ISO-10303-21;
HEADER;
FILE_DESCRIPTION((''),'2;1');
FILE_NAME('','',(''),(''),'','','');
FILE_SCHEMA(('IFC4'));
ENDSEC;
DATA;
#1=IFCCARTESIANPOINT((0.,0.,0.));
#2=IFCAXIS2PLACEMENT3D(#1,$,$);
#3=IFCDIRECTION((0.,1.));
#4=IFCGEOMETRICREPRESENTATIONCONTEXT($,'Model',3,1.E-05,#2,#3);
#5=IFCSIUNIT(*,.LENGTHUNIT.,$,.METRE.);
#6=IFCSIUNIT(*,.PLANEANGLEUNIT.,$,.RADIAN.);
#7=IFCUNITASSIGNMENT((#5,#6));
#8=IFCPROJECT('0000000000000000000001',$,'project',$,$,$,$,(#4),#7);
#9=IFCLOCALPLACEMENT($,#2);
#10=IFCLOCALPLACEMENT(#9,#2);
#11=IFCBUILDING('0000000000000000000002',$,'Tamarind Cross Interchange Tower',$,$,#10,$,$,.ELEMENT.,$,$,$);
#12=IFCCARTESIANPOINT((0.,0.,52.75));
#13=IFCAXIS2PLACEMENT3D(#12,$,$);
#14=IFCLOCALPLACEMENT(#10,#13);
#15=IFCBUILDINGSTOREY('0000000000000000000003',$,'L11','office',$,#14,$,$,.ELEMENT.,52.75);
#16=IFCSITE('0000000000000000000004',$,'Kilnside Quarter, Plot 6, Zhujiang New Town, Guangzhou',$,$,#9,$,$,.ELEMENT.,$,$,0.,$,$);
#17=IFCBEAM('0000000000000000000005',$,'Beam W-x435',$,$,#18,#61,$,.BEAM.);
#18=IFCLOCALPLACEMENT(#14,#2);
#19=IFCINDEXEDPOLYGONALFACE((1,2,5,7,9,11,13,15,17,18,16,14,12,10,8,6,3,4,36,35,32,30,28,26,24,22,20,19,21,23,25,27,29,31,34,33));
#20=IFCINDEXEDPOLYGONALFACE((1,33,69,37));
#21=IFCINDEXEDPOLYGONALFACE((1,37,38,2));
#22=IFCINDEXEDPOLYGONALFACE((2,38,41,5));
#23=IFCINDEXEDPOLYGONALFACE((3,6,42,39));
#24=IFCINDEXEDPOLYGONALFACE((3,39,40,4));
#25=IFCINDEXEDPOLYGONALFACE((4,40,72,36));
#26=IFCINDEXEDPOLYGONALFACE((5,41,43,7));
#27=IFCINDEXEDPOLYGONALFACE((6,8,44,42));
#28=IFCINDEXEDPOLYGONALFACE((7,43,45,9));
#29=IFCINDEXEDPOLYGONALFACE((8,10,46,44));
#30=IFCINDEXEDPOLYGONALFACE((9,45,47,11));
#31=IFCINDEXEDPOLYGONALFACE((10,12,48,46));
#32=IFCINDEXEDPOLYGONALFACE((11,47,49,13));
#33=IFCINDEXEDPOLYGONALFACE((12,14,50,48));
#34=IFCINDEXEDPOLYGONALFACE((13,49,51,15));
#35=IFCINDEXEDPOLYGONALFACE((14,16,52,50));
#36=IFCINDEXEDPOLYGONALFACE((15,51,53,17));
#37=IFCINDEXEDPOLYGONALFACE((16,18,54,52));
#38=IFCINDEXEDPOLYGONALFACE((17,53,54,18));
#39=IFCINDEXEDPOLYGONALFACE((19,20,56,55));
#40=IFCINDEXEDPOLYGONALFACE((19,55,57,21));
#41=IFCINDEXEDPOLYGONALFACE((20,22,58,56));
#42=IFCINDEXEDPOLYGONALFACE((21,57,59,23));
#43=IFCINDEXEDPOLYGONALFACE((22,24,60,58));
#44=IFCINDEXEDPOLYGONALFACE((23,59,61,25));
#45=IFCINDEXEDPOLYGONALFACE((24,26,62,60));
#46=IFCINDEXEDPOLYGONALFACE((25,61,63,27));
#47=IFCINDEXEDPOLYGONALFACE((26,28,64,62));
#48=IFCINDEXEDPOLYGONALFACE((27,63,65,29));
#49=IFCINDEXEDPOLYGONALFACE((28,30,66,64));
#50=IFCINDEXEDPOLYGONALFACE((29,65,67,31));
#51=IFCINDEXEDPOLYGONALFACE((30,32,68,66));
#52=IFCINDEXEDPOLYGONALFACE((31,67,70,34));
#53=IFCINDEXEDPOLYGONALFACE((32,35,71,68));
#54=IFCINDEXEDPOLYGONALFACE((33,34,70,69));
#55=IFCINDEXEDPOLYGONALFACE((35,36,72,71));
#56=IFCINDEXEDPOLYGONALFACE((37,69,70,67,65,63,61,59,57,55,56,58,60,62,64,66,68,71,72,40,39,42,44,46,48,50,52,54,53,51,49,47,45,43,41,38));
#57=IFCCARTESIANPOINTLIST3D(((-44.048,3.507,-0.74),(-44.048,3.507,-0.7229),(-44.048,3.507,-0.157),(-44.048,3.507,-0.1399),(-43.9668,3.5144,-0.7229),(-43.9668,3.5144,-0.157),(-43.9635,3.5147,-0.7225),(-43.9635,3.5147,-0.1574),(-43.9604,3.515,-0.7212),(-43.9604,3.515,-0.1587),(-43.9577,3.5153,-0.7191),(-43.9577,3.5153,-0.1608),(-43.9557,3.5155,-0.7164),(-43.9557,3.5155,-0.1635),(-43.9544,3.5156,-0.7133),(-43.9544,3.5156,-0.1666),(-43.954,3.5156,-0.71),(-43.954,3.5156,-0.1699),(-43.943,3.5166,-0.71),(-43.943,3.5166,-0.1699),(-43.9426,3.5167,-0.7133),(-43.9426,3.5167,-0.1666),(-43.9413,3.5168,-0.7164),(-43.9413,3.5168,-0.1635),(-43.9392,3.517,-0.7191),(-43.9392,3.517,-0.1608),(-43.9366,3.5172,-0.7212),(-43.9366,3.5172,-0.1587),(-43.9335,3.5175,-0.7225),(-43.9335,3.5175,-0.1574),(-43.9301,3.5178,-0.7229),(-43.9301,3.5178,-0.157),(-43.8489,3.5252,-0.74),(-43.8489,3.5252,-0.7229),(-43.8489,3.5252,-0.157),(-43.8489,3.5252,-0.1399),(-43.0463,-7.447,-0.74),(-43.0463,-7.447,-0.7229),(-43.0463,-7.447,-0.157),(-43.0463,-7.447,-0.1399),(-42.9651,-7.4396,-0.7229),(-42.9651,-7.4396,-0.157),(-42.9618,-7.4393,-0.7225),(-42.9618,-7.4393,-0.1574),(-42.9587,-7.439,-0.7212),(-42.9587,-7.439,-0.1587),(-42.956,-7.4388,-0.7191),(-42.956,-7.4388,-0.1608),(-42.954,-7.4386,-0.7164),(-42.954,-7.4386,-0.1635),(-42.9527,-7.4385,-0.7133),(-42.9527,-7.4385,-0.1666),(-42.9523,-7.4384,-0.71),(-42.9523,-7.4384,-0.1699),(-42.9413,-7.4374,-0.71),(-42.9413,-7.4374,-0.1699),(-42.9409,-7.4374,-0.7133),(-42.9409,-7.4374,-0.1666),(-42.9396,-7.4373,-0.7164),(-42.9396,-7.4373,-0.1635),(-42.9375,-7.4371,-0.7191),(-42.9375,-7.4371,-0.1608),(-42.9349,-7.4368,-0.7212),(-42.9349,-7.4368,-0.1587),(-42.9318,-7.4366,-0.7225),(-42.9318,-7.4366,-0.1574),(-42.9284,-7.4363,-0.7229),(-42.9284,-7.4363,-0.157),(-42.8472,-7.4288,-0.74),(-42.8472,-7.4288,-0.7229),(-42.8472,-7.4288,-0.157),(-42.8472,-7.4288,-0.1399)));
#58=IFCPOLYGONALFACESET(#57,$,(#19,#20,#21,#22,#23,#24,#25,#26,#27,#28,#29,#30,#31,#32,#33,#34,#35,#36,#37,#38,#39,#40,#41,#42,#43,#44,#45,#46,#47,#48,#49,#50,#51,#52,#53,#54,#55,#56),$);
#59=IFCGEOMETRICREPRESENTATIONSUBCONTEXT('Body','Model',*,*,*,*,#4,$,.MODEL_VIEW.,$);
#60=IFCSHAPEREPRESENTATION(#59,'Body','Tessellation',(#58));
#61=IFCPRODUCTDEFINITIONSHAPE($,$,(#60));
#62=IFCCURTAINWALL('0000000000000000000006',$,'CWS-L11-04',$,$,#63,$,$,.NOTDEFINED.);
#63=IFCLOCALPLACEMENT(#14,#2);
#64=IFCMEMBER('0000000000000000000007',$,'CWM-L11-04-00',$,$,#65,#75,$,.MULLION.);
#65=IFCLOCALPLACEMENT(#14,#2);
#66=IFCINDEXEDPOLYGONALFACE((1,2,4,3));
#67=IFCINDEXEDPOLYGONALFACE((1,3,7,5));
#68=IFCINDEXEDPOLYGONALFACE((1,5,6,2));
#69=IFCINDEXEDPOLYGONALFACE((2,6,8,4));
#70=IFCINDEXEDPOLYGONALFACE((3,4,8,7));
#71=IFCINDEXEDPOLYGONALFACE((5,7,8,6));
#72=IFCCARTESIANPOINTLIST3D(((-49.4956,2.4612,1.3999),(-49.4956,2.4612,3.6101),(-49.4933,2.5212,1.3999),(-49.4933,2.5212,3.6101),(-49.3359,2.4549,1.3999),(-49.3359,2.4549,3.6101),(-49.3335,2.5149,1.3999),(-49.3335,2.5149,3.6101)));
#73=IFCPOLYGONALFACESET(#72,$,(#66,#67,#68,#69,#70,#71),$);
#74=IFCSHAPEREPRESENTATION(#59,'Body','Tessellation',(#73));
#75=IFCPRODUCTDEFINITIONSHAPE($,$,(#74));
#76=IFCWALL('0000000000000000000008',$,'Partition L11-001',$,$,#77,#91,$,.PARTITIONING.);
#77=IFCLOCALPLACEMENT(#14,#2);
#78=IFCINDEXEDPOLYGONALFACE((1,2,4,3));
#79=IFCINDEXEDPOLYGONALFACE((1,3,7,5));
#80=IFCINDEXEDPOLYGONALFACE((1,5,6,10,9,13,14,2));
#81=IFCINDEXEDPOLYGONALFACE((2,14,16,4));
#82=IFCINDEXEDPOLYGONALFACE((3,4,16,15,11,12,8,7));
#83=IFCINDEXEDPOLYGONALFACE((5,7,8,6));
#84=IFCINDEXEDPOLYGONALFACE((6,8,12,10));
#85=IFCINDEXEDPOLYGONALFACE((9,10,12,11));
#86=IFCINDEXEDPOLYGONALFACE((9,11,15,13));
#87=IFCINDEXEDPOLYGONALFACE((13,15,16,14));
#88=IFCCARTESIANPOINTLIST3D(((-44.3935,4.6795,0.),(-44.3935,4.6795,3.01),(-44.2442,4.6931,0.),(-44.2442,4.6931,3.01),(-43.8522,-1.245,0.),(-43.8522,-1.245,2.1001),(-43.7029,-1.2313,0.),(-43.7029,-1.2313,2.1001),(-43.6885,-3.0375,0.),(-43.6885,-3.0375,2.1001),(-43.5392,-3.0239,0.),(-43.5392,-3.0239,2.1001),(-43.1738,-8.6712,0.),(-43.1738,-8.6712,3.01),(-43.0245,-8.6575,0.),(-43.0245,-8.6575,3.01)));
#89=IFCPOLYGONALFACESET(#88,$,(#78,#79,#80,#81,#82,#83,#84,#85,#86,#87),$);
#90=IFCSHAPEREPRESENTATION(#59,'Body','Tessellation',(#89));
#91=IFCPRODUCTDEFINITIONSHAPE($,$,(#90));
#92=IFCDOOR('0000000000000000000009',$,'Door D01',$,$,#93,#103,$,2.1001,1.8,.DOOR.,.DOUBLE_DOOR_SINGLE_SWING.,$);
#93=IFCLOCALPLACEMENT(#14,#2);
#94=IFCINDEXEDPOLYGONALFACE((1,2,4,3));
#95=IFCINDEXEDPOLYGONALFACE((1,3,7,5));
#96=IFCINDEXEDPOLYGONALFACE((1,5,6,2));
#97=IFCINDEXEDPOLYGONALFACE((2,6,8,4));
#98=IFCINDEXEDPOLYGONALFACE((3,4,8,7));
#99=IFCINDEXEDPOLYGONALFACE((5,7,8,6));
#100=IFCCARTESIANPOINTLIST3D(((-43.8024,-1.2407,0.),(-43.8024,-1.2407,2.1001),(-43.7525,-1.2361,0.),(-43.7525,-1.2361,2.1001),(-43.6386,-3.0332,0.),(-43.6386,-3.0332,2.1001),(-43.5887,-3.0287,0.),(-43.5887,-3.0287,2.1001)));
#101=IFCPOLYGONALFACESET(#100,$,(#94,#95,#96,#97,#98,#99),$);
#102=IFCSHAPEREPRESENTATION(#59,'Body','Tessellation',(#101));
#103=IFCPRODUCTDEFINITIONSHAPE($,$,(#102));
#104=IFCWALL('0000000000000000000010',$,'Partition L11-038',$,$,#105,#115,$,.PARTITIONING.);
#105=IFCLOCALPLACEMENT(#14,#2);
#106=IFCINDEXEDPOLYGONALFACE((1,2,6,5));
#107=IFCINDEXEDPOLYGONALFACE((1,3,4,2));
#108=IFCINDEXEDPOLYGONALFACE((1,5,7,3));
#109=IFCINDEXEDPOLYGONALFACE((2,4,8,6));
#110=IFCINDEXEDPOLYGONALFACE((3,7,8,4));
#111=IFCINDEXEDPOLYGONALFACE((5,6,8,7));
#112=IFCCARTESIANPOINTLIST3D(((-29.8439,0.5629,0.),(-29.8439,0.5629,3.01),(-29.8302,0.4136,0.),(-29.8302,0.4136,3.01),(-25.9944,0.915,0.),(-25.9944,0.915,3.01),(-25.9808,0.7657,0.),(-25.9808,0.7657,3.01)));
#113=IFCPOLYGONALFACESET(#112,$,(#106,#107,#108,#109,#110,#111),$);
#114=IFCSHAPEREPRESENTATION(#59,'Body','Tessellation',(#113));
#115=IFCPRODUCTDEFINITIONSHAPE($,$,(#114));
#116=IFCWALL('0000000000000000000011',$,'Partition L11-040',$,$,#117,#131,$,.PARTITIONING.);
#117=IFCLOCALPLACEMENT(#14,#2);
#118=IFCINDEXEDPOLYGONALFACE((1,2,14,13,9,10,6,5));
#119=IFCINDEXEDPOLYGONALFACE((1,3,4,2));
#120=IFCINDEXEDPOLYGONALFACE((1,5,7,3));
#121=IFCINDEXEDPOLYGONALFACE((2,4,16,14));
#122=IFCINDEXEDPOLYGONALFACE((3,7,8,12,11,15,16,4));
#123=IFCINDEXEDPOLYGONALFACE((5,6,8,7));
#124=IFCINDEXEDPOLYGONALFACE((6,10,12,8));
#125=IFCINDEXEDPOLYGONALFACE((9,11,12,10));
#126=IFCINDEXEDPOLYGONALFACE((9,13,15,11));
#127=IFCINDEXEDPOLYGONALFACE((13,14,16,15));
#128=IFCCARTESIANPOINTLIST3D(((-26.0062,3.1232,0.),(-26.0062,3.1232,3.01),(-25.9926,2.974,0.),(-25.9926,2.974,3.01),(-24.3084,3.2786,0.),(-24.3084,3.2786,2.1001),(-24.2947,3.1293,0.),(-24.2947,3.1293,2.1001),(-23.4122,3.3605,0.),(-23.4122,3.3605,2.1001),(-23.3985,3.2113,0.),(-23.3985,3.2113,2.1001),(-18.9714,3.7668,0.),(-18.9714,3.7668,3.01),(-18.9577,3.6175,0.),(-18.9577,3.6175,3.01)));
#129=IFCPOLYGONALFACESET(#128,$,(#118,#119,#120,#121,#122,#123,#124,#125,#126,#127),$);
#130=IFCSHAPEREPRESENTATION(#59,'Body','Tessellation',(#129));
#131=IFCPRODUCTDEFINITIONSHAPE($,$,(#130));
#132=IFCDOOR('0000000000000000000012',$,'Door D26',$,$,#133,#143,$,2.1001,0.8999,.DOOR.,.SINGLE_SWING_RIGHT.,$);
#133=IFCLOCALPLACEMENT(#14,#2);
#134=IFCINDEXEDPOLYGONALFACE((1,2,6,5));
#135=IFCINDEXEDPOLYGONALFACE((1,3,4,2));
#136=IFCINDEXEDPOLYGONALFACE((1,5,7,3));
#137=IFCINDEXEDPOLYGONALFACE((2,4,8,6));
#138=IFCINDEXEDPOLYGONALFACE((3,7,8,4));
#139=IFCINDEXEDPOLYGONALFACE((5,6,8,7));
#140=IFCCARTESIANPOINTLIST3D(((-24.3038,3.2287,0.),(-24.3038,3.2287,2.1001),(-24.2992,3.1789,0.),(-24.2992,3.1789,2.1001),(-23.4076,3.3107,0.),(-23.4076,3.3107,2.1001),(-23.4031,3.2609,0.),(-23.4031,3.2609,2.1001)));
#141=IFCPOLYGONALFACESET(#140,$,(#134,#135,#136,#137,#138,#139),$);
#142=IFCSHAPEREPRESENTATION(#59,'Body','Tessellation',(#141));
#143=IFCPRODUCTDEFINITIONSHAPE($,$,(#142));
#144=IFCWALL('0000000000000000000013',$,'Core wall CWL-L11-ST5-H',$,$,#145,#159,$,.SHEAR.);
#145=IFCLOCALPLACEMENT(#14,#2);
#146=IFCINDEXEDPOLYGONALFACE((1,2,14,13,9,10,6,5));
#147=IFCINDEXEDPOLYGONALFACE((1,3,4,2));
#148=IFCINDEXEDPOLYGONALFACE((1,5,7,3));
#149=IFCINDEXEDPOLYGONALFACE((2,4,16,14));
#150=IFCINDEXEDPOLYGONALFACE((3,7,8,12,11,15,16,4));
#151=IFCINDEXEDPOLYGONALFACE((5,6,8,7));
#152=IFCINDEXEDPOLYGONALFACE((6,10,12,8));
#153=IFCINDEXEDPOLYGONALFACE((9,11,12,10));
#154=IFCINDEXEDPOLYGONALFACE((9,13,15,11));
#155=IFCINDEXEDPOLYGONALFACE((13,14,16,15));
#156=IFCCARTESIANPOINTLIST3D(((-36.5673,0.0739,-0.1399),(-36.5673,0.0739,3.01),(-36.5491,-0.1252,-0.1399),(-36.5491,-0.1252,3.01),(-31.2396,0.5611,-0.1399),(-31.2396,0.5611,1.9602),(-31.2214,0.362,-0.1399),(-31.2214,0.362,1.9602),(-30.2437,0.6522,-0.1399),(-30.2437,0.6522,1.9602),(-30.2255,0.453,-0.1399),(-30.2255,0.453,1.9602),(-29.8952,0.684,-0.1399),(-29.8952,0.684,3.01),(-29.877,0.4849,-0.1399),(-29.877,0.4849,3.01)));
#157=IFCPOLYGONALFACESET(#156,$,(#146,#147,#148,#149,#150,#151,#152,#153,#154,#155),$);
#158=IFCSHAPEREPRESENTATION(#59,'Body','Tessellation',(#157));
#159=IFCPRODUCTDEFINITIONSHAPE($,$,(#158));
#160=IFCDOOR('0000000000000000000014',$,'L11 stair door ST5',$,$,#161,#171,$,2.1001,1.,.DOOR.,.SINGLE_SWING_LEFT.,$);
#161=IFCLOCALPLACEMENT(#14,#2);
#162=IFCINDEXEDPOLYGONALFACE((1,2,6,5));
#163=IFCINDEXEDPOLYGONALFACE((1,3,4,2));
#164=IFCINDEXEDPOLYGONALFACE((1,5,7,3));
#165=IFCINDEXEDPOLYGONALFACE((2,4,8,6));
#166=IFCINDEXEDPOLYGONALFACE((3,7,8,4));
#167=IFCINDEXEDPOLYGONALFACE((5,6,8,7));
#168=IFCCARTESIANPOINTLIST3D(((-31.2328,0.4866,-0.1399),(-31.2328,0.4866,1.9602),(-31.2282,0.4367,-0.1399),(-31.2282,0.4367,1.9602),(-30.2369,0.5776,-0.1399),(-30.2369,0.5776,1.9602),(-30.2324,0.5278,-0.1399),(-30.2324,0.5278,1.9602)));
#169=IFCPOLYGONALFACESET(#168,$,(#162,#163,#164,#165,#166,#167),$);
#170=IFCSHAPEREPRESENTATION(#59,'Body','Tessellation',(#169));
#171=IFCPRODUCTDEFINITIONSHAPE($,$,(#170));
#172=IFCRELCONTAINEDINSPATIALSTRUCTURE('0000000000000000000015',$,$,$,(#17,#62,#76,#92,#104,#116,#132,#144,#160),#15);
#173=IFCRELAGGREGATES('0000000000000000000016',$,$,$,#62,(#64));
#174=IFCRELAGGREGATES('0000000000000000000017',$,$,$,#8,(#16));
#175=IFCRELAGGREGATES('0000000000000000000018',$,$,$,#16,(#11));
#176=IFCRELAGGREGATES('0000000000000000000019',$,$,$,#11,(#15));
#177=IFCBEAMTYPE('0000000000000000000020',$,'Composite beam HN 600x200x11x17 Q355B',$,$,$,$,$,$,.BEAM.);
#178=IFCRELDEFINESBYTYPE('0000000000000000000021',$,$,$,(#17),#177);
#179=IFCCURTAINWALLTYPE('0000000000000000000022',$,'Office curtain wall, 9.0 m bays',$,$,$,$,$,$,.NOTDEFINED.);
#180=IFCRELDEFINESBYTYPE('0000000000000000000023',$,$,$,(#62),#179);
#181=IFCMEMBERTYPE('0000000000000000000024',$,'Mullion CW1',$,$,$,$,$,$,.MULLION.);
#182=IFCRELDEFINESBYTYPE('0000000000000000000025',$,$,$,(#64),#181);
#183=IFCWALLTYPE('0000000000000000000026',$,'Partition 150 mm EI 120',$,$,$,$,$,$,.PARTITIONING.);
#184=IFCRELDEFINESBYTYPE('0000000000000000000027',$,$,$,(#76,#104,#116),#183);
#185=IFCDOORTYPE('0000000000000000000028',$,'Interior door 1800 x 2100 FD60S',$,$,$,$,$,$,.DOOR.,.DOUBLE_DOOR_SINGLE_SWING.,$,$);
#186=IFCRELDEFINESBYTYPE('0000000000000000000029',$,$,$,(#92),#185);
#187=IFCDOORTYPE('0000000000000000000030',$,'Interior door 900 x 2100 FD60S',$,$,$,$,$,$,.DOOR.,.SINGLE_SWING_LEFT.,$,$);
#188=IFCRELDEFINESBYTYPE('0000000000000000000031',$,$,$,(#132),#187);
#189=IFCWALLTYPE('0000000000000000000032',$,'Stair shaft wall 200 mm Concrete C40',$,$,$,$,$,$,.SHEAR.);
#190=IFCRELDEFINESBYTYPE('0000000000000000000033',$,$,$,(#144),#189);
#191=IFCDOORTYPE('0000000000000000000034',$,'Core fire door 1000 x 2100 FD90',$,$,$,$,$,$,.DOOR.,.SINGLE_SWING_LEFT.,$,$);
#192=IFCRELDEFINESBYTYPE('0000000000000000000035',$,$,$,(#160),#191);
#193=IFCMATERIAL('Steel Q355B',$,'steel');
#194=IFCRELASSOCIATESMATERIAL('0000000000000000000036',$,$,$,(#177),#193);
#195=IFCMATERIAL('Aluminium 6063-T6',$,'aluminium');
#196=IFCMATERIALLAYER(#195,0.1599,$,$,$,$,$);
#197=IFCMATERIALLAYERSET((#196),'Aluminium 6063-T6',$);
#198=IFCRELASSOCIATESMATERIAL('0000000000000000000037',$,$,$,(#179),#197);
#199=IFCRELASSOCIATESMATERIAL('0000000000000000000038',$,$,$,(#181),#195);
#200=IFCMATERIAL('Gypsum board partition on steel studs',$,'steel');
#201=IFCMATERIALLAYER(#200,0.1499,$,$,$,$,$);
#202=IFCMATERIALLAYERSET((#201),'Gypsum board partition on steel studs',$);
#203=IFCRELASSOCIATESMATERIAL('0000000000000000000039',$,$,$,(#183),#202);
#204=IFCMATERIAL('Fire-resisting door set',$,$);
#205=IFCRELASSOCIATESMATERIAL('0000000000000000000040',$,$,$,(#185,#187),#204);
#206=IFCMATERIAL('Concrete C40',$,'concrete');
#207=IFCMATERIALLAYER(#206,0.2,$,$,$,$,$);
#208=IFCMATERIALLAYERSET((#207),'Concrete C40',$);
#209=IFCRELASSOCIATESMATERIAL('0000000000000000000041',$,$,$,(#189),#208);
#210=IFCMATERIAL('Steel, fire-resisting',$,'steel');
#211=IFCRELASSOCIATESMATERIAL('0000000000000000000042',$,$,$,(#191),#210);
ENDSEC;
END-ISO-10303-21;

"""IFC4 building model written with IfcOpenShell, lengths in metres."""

from ifc_helpers import new_model, si_unit, direction, frame, frame_2d, origin, origin_2d, place, context, subcontext, project, spatial, rectangle, i_section, extrude, material, layer, layer_set, material_profile, profile_set, type_object, element, fill, aggregate, save


model = new_model("IFC4")

# Units and contexts
model_context = context("Model", 3, precision=1e-05, world=origin(), true_north=direction((0.0, 1.0)))
body_context = subcontext(model_context, "Body", "Model", "MODEL_VIEW")
ifc_project = project(units=[si_unit("LENGTHUNIT", "METRE"), si_unit("PLANEANGLEUNIT", "RADIAN")], contexts=[model_context])

# Site, building, storey
site_placement = place(None, origin())
site = spatial("IfcSite", under=ifc_project, at=site_placement, Name="Kilnside Quarter, Plot 6, Zhujiang New Town, Guangzhou", CompositionType="ELEMENT", RefElevation=0.0)
building_placement = place(site_placement, origin())
building = spatial("IfcBuilding", under=site, at=building_placement, Name="Tamarind Cross Interchange Tower", CompositionType="ELEMENT")
storey_placement = place(building_placement, frame((0.0, 0.0, 52.75)))
storey = spatial("IfcBuildingStorey", under=building, at=storey_placement, Name="L11", Description="office", CompositionType="ELEMENT", Elevation=52.75)

# Beam
ifc_material_1 = material(Name="Steel Q355B", Category="steel")
ifc_material_profile_1 = material_profile(ifc_material_1, i_section(OverallWidth=0.2, OverallDepth=0.6001, WebThickness=0.011, FlangeThickness=0.0171, FilletRadius=0.0129, at=origin_2d()), Name="HN 600x200x11x17")
ifc_profile_set_1 = profile_set([ifc_material_profile_1], Name="Steel Q355B")
beam_type_1 = type_object("IfcBeamType", Name="Composite beam HN 600x200x11x17 Q355B", PredefinedType="BEAM", material=ifc_profile_set_1)
beam_1_placement = place(storey_placement, frame((-43.9485, 3.5161, -0.4399), z_axis=(0.091066, -0.995845, 0.0), x_axis=(0.995845, 0.091066, 0.0)))
element("IfcBeam", 1, at=beam_1_placement, inside=storey, type_object=beam_type_1, Name="Beam W-x435", PredefinedType="BEAM", context=body_context, shape_type="SweptSolid", body=[
    extrude(i_section(OverallWidth=0.2, OverallDepth=0.6001, WebThickness=0.011, FlangeThickness=0.0171, FilletRadius=0.0129, at=origin_2d()), origin(), (0.0, 0.0, 1.0), 10.9998),
])

# Curtain wall, member
ifc_material_2 = material(Name="Aluminium 6063-T6", Category="aluminium")
ifc_layer_1 = layer(ifc_material_2, 0.1599)
ifc_layer_set_1 = layer_set([ifc_layer_1], Name="Aluminium 6063-T6")
curtain_wall_type = type_object("IfcCurtainWallType", Name="Office curtain wall, 9.0 m bays", PredefinedType="NOTDEFINED", material=ifc_layer_set_1)
curtain_wall_placement = place(storey_placement, origin())
curtain_wall = element("IfcCurtainWall", 2, at=curtain_wall_placement, inside=storey, type_object=curtain_wall_type, Name="CWS-L11-04", PredefinedType="NOTDEFINED")
ifc_material_profile_2 = material_profile(ifc_material_2, rectangle(XDim=0.0601, YDim=0.1599, at=origin_2d()), Name="Mullion CW1")
ifc_profile_set_2 = profile_set([ifc_material_profile_2], Name="Aluminium 6063-T6")
member_type = type_object("IfcMemberType", Name="Mullion CW1", PredefinedType="MULLION", material=ifc_profile_set_2)
member_placement = place(storey_placement, frame((-49.4146, 2.488, 1.3999), z_axis=(0.0, 0.0, 1.0), x_axis=(-0.039713, -0.999211, 0.0)))
member = element("IfcMember", 3, at=member_placement, type_object=member_type, Name="CWM-L11-04-00", PredefinedType="MULLION", context=body_context, shape_type="SweptSolid", body=[
    extrude(rectangle(XDim=0.0601, YDim=0.1599, at=origin_2d()), origin(), (0.0, 0.0, 1.0), 2.2102),
])
aggregate(curtain_wall, [member])

# Wall, opening, door
ifc_material_3 = material(Name="Gypsum board partition on steel studs", Category="steel")
ifc_layer_2 = layer(ifc_material_3, 0.1499)
ifc_layer_set_2 = layer_set([ifc_layer_2], Name="Gypsum board partition on steel studs")
wall_type_1 = type_object("IfcWallType", Name="Partition 150 mm EI 120", PredefinedType="PARTITIONING", material=ifc_layer_set_2)
wall_1_placement = place(storey_placement, frame((-44.3188, 4.6863, 0.0), z_axis=(0.0, 0.0, 1.0), x_axis=(0.090982, -0.995853, 0.0)))
wall_1 = element("IfcWall", 4, at=wall_1_placement, inside=storey, type_object=wall_type_1, Name="Partition L11-001", PredefinedType="PARTITIONING", context=body_context, shape_type="SweptSolid", body=[
    extrude(rectangle(XDim=13.4062, YDim=0.1499, at=frame_2d((6.7031, 0.0))), origin(), (0.0, 0.0, 1.0), 3.01),
])
opening_1_placement = place(wall_1_placement, frame((5.9492, 0.0, 0.0)))
opening_1 = element("IfcOpeningElement", 5, at=opening_1_placement, cuts=wall_1, PredefinedType="OPENING", context=body_context, shape_type="SweptSolid", body=[
    extrude(rectangle(XDim=1.8, YDim=2.1001, at=frame_2d((0.8999, 1.05))), frame((0.0, 0.085, 0.0), z_axis=(0.0, -1.0, 0.0), x_axis=(1.0, 0.0, 0.0)), (0.0, 0.0, 1.0), 0.1699),
])
ifc_material_4 = material(Name="Fire-resisting door set")
door_type_1 = type_object("IfcDoorType", Name="Interior door 1800 x 2100 FD60S", OperationType="DOUBLE_DOOR_SINGLE_SWING", PredefinedType="DOOR", material=ifc_material_4)
door_1_placement = place(opening_1_placement, frame((1.8, 0.0, 0.0), z_axis=(0.0, 0.0, 1.0), x_axis=(-1.0, 0.0, 0.0)))
door_1 = element("IfcDoor", 6, at=door_1_placement, inside=storey, type_object=door_type_1, Name="Door D01", OperationType="DOUBLE_DOOR_SINGLE_SWING", OverallHeight=2.1001, OverallWidth=1.8, PredefinedType="DOOR", context=body_context, shape_type="SweptSolid", body=[
    extrude(rectangle(XDim=1.8, YDim=2.1001, at=frame_2d((0.8999, 1.05))), frame((0.0, 0.0249, 0.0), z_axis=(0.0, -1.0, 0.0), x_axis=(1.0, 0.0, 0.0)), (0.0, 0.0, 1.0), 0.05),
])
fill(opening_1, door_1)

# Wall
wall_2_placement = place(storey_placement, frame((-29.8369, 0.4883, 0.0), z_axis=(0.0, 0.0, 1.0), x_axis=(0.995844, 0.091077, 0.0)))
element("IfcWall", 7, at=wall_2_placement, inside=storey, type_object=wall_type_1, Name="Partition L11-038", PredefinedType="PARTITIONING", context=body_context, shape_type="SweptSolid", body=[
    extrude(rectangle(XDim=3.8655, YDim=0.1499, at=frame_2d((1.9326, 0.0))), origin(), (0.0, 0.0, 1.0), 3.01),
])

# Walls, openings, doors
wall_3_placement = place(storey_placement, frame((-25.9995, 3.0486, 0.0), z_axis=(0.0, 0.0, 1.0), x_axis=(0.995842, 0.0911, 0.0)))
wall_3 = element("IfcWall", 8, at=wall_3_placement, inside=storey, type_object=wall_type_1, Name="Partition L11-040", PredefinedType="PARTITIONING", context=body_context, shape_type="SweptSolid", body=[
    extrude(rectangle(XDim=7.0642, YDim=0.1499, at=frame_2d((3.5322, 0.0))), origin(), (0.0, 0.0, 1.0), 3.01),
])
opening_2_placement = place(wall_3_placement, frame((1.7051, 0.0, 0.0)))
opening_2 = element("IfcOpeningElement", 9, at=opening_2_placement, cuts=wall_3, PredefinedType="OPENING", context=body_context, shape_type="SweptSolid", body=[
    extrude(rectangle(XDim=0.8999, YDim=2.1001, at=frame_2d((0.45, 1.05))), frame((0.0, 0.085, 0.0), z_axis=(0.0, -1.0, 0.0), x_axis=(1.0, 0.0, 0.0)), (0.0, 0.0, 1.0), 0.1699),
])
door_type_2 = type_object("IfcDoorType", Name="Interior door 900 x 2100 FD60S", OperationType="SINGLE_SWING_LEFT", PredefinedType="DOOR", material=ifc_material_4)
door_2_placement = place(opening_2_placement, origin())
door_2 = element("IfcDoor", 10, at=door_2_placement, inside=storey, type_object=door_type_2, Name="Door D26", OperationType="SINGLE_SWING_RIGHT", OverallHeight=2.1001, OverallWidth=0.8999, PredefinedType="DOOR", context=body_context, shape_type="SweptSolid", body=[
    extrude(rectangle(XDim=0.8999, YDim=2.1001, at=frame_2d((0.45, 1.05))), frame((0.0, 0.0249, 0.0), z_axis=(0.0, -1.0, 0.0), x_axis=(1.0, 0.0, 0.0)), (0.0, 0.0, 1.0), 0.05),
])
fill(opening_2, door_2)
ifc_material_5 = material(Name="Concrete C40", Category="concrete")
ifc_layer_3 = layer(ifc_material_5, 0.2)
ifc_layer_set_3 = layer_set([ifc_layer_3], Name="Concrete C40")
wall_type_2 = type_object("IfcWallType", Name="Stair shaft wall 200 mm Concrete C40", PredefinedType="SHEAR", material=ifc_layer_set_3)
wall_4_placement = place(storey_placement, frame((-29.886, 0.5845, -0.1399), z_axis=(0.0, 0.0, 1.0), x_axis=(-0.995845, -0.091061, 0.0)))
wall_4 = element("IfcWall", 11, at=wall_4_placement, inside=storey, type_object=wall_type_2, Name="Core wall CWL-L11-ST5-H", PredefinedType="SHEAR", context=body_context, shape_type="SweptSolid", body=[
    extrude(rectangle(XDim=6.7, YDim=0.2, at=frame_2d((3.3501, 0.0))), origin(), (0.0, 0.0, 1.0), 3.1499),
])
opening_3_placement = place(wall_4_placement, frame((0.3501, 0.0, 0.0)))
opening_3 = element("IfcOpeningElement", 12, at=opening_3_placement, cuts=wall_4, PredefinedType="OPENING", context=body_context, shape_type="SweptSolid", body=[
    extrude(rectangle(XDim=1.0, YDim=2.1001, at=frame_2d((0.5, 1.05))), frame((0.0, 0.1099, 0.0), z_axis=(0.0, -1.0, 0.0), x_axis=(1.0, 0.0, 0.0)), (0.0, 0.0, 1.0), 0.22),
])
ifc_material_6 = material(Name="Steel, fire-resisting", Category="steel")
door_type_3 = type_object("IfcDoorType", Name="Core fire door 1000 x 2100 FD90", OperationType="SINGLE_SWING_LEFT", PredefinedType="DOOR", material=ifc_material_6)
door_3_placement = place(opening_3_placement, origin())
door_3 = element("IfcDoor", 13, at=door_3_placement, inside=storey, type_object=door_type_3, Name="L11 stair door ST5", OperationType="SINGLE_SWING_LEFT", OverallHeight=2.1001, OverallWidth=1.0, PredefinedType="DOOR", context=body_context, shape_type="SweptSolid", body=[
    extrude(rectangle(XDim=1.0, YDim=2.1001, at=frame_2d((0.5, 1.05))), frame((0.0, 0.0249, 0.0), z_axis=(0.0, -1.0, 0.0), x_axis=(1.0, 0.0, 0.0)), (0.0, 0.0, 1.0), 0.05),
])
fill(opening_3, door_3)

save(model, "model.ifc")
